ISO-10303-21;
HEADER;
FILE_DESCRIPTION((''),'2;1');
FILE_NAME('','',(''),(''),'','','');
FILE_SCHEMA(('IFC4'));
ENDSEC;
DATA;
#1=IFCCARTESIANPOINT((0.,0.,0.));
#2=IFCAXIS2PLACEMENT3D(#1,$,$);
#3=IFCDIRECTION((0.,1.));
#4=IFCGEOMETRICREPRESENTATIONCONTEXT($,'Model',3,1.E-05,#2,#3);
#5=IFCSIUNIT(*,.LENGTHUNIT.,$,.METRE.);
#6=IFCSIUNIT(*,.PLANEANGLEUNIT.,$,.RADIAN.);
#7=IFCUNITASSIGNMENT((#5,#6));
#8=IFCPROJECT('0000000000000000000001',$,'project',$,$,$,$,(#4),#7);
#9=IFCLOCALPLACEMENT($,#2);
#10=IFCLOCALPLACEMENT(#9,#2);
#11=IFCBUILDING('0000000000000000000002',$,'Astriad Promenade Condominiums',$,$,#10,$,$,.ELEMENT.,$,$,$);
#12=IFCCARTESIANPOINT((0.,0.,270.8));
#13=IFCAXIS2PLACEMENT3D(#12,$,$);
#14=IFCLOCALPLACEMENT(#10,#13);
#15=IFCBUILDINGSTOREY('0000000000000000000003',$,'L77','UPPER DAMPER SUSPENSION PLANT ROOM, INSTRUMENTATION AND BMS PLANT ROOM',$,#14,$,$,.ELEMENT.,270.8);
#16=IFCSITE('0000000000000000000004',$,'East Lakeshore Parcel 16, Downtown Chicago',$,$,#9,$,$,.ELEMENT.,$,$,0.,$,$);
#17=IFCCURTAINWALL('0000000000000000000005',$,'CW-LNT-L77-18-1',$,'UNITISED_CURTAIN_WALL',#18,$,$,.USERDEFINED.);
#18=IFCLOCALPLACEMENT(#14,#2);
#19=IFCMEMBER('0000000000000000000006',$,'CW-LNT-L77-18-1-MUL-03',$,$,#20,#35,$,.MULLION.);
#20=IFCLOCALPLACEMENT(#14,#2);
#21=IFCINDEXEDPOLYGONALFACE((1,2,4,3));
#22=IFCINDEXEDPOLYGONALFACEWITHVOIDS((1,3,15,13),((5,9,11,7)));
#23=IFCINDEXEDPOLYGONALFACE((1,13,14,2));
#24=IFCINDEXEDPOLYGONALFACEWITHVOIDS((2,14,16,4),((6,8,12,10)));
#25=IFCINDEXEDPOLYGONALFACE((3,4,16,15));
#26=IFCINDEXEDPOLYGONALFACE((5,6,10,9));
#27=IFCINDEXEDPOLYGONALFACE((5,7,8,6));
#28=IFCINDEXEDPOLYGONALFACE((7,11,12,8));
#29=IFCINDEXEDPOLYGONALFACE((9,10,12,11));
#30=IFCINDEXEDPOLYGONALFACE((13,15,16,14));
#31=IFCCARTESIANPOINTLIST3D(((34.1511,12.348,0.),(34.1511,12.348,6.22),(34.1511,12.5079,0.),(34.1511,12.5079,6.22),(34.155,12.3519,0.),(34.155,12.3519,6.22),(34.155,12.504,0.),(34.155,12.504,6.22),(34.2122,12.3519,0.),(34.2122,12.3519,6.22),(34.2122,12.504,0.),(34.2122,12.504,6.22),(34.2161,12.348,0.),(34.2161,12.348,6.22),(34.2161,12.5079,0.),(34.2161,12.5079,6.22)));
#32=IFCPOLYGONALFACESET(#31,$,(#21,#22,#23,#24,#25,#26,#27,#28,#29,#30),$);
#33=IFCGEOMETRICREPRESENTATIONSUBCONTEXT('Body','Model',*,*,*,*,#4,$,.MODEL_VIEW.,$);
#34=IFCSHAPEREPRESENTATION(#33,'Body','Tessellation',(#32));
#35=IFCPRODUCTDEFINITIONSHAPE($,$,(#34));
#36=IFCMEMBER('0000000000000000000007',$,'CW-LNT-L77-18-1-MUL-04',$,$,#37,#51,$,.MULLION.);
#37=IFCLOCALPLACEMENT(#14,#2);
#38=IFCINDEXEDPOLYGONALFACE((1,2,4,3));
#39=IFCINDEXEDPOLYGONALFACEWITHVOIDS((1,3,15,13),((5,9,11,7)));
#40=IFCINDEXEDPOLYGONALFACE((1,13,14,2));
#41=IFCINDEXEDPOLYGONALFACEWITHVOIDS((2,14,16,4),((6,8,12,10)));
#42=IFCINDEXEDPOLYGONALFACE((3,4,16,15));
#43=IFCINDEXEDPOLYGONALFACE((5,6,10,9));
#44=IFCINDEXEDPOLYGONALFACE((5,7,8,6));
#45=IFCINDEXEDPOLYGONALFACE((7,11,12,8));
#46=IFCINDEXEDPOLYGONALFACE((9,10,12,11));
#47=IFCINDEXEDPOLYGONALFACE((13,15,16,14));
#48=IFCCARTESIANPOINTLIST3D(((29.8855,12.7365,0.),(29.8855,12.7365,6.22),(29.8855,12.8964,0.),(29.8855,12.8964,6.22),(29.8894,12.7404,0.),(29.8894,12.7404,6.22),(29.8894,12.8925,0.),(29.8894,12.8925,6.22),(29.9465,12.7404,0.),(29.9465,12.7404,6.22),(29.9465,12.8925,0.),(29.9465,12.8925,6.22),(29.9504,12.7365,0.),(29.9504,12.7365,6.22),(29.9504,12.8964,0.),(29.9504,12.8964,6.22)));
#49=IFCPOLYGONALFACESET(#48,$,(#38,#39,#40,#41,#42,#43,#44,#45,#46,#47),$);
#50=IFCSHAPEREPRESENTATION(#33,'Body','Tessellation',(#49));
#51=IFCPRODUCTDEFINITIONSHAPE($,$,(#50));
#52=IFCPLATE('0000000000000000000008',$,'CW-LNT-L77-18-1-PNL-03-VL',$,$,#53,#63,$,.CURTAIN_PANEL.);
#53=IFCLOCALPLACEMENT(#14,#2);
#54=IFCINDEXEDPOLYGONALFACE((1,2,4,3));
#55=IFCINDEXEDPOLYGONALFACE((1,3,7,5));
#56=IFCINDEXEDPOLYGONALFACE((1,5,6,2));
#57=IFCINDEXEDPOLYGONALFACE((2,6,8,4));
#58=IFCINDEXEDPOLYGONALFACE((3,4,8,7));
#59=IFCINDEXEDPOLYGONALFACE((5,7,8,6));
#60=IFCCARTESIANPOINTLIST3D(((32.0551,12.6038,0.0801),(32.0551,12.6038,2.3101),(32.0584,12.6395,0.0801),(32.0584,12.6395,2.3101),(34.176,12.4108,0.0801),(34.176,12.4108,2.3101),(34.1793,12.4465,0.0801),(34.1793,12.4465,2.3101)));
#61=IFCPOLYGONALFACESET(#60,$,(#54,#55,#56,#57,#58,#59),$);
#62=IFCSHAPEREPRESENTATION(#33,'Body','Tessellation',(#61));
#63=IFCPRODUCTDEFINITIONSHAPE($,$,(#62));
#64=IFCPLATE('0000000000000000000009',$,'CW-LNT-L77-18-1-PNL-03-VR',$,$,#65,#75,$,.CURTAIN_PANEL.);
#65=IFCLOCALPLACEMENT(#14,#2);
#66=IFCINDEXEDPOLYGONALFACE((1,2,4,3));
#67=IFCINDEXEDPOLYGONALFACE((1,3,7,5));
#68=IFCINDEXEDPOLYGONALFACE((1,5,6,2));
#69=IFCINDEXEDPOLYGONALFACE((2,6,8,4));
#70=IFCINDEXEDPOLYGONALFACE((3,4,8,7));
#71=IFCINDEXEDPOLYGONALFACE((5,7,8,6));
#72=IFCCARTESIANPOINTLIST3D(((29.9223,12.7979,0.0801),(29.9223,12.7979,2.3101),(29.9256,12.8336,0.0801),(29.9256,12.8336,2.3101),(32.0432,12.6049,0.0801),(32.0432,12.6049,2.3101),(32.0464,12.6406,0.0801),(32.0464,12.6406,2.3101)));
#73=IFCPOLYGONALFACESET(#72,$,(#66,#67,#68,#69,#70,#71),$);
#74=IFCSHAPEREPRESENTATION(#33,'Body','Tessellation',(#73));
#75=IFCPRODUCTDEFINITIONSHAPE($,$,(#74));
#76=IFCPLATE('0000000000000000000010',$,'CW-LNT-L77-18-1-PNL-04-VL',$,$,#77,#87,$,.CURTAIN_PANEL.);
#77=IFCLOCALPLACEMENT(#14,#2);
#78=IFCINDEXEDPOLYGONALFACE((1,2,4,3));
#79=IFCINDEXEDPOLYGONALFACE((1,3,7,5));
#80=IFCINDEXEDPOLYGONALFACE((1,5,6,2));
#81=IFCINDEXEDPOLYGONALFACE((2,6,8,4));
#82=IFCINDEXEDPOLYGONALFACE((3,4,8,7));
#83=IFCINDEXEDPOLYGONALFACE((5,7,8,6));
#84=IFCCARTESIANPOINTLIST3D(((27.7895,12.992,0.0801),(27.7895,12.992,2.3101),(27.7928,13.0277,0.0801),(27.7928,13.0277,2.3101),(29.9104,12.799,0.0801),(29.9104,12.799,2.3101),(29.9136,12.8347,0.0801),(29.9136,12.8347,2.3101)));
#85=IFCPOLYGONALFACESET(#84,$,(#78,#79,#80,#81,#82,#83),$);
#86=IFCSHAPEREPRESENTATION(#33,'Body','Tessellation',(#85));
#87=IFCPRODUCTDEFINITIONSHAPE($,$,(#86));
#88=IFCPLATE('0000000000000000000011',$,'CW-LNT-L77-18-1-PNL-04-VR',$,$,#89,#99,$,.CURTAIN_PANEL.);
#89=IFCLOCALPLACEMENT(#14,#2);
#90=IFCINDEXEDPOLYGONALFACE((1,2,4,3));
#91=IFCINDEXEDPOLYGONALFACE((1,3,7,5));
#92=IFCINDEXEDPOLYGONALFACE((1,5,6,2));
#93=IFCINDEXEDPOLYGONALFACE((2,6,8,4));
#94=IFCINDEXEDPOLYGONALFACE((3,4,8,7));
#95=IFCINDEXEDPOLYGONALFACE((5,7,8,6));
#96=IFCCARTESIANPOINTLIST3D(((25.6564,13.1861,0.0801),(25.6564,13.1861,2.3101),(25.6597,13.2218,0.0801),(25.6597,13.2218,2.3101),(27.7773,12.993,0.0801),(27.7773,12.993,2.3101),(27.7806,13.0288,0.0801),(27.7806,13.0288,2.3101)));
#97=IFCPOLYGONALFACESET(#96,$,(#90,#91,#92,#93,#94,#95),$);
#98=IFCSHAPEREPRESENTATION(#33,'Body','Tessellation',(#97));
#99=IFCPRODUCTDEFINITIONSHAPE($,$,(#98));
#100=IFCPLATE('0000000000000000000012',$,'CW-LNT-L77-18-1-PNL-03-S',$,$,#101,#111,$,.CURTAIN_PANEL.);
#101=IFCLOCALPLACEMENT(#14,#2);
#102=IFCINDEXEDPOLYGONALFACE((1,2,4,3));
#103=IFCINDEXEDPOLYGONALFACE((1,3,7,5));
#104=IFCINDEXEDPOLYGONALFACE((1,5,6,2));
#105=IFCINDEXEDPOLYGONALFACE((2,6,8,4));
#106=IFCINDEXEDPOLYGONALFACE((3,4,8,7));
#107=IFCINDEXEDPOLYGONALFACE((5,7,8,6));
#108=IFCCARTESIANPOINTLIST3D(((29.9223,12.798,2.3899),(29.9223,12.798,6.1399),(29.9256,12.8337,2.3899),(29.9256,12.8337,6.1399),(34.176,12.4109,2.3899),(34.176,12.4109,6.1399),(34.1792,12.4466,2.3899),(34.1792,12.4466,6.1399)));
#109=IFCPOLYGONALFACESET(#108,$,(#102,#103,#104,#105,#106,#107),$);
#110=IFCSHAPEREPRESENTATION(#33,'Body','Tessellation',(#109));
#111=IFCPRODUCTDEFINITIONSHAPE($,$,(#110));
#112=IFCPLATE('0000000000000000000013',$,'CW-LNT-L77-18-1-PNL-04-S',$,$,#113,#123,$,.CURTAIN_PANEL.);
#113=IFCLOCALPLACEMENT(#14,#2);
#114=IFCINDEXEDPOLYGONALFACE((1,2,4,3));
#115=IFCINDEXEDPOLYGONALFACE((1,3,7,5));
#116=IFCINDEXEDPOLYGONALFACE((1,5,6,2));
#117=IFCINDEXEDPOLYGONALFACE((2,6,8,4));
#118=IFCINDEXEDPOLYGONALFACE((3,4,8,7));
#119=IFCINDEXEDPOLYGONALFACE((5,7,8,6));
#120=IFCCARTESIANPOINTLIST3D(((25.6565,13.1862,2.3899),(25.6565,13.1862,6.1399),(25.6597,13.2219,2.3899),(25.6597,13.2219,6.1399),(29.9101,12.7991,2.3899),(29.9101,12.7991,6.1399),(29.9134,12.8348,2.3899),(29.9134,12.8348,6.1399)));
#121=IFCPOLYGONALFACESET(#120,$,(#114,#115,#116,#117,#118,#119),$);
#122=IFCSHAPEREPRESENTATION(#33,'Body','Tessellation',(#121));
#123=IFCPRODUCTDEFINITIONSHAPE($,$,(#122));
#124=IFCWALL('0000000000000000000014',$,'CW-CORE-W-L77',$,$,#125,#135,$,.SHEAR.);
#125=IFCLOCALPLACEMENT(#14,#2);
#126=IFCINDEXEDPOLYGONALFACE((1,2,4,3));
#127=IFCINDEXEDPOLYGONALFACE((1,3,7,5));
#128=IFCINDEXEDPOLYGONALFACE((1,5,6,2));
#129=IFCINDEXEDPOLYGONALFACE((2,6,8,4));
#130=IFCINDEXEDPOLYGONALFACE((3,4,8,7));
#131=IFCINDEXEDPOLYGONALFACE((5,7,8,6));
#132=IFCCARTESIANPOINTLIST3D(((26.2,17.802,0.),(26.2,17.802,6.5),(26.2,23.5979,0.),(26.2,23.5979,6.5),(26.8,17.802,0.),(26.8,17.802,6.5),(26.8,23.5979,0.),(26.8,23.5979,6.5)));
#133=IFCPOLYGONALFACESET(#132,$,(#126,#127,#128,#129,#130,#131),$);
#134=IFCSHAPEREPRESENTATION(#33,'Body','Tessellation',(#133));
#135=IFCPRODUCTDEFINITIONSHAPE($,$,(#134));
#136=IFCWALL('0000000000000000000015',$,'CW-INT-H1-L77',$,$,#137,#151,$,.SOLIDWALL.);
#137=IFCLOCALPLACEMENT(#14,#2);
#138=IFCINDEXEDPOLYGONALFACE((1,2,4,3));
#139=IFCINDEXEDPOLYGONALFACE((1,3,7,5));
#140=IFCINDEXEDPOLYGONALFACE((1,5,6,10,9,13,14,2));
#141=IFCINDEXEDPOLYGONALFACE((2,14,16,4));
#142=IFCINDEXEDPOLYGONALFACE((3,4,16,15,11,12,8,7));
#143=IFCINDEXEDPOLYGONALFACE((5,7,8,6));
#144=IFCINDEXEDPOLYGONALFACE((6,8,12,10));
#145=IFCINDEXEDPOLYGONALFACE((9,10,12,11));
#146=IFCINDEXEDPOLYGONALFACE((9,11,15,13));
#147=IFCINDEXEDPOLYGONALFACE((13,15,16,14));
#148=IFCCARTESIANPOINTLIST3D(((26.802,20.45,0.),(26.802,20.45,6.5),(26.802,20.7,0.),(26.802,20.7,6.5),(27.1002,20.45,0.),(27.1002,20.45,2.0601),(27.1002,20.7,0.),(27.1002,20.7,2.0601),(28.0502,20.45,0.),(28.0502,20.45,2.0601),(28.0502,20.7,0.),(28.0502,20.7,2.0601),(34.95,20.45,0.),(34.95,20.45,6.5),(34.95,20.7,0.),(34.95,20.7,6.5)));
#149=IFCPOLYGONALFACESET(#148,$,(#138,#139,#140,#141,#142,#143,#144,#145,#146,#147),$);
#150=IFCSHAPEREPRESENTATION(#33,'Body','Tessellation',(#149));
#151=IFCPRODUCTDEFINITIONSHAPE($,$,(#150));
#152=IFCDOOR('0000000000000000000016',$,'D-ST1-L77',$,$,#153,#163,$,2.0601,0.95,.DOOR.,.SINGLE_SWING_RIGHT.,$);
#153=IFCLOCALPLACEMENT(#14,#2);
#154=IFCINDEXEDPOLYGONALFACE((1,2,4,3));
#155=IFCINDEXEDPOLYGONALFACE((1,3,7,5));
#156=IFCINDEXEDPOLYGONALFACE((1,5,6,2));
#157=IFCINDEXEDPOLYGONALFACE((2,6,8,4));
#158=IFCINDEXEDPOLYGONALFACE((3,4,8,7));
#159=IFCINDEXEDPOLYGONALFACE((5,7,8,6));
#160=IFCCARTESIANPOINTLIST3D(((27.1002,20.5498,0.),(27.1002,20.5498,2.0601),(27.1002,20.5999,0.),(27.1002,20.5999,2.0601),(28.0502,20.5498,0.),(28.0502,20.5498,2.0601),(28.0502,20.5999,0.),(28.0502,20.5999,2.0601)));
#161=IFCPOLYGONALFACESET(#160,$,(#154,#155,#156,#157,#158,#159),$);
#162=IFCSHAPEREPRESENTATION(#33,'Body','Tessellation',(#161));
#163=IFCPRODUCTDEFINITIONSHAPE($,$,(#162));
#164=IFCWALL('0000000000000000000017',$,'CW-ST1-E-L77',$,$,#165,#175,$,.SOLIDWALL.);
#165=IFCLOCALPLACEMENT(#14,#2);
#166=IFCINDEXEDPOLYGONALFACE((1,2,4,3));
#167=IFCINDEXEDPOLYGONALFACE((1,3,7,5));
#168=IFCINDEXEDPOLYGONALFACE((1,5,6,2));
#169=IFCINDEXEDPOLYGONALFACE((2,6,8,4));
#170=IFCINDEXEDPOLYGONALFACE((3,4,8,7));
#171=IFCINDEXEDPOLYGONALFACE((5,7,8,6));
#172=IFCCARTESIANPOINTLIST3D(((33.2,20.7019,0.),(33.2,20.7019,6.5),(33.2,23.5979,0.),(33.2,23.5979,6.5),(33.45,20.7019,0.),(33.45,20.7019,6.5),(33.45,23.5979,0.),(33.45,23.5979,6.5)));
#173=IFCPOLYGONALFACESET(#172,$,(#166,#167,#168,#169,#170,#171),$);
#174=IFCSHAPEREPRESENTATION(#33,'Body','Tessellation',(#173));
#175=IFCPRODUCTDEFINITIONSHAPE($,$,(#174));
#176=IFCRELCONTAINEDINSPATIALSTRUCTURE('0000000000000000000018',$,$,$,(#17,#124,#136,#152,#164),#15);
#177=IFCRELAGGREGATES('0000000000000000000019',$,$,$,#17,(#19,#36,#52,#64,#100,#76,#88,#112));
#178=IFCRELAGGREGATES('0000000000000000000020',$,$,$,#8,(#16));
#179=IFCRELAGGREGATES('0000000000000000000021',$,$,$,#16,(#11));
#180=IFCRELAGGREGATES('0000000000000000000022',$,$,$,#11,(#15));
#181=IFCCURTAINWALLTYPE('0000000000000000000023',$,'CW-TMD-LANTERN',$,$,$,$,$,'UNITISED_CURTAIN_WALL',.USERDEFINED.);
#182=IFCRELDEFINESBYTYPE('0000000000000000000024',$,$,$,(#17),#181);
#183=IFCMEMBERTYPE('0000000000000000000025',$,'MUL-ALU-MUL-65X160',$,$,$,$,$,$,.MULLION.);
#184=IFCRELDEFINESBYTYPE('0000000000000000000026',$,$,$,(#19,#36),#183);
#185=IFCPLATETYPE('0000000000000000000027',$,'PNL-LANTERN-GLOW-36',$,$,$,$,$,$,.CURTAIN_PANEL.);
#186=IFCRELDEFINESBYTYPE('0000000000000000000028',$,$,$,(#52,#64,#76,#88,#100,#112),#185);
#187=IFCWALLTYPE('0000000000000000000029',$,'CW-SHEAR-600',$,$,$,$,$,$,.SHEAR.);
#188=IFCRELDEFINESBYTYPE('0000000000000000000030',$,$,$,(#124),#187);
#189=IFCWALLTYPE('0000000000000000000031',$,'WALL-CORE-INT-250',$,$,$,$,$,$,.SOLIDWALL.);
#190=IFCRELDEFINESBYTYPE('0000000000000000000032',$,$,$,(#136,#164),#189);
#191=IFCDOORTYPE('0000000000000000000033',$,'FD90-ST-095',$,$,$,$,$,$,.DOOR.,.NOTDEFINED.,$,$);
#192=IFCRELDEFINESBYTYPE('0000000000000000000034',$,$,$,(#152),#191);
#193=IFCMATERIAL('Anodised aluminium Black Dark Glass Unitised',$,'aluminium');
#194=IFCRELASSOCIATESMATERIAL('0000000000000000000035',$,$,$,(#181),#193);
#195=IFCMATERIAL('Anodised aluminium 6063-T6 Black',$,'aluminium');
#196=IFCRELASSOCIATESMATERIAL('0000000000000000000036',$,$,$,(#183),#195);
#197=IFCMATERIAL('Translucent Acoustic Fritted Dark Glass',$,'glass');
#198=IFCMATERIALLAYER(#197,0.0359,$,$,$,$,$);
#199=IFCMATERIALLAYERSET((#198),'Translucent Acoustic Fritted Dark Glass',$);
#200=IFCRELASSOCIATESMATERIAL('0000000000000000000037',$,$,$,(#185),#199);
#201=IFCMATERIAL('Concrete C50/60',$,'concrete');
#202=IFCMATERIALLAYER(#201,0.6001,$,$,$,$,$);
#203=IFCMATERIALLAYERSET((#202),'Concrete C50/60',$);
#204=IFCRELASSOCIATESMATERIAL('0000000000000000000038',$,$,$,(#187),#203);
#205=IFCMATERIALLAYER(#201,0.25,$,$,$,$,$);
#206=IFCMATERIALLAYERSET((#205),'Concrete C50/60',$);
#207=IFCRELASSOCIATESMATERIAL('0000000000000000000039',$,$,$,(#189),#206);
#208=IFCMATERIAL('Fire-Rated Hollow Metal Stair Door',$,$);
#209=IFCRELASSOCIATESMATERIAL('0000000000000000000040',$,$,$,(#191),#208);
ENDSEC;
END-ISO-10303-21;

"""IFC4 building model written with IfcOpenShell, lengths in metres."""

from ifc_helpers import new_model, si_unit, direction, frame, frame_2d, origin, origin_2d, place, context, subcontext, project, spatial, rectangle, hollow_rectangle, extrude, source, transform, mapped, material, layer, layer_set, material_profile, profile_set, type_object, type_shapes, element, fill, aggregate, save


model = new_model("IFC4")

# Units and contexts
model_context = context("Model", 3, precision=1e-05, world=origin(), true_north=direction((0.0, 1.0)))
body_context = subcontext(model_context, "Body", "Model", "MODEL_VIEW")
ifc_project = project(units=[si_unit("LENGTHUNIT", "METRE"), si_unit("PLANEANGLEUNIT", "RADIAN")], contexts=[model_context])

# Site, building, storey
site_placement = place(None, origin())
site = spatial("IfcSite", under=ifc_project, at=site_placement, Name="East Lakeshore Parcel 16, Downtown Chicago", CompositionType="ELEMENT", RefElevation=0.0)
building_placement = place(site_placement, origin())
building = spatial("IfcBuilding", under=site, at=building_placement, Name="Astriad Promenade Condominiums", CompositionType="ELEMENT")
storey_placement = place(building_placement, frame((0.0, 0.0, 270.8)))
storey = spatial("IfcBuildingStorey", under=building, at=storey_placement, Name="L77", Description="UPPER DAMPER SUSPENSION PLANT ROOM, INSTRUMENTATION AND BMS PLANT ROOM", CompositionType="ELEMENT", Elevation=270.8)

# Curtain wall, members, plates
ifc_material_1 = material(Name="Anodised aluminium Black Dark Glass Unitised", Category="aluminium")
curtain_wall_type = type_object("IfcCurtainWallType", Name="CW-TMD-LANTERN", ElementType="UNITISED_CURTAIN_WALL", PredefinedType="USERDEFINED", material=ifc_material_1)
curtain_wall_placement = place(storey_placement, origin())
curtain_wall = element("IfcCurtainWall", 1, at=curtain_wall_placement, inside=storey, type_object=curtain_wall_type, Name="CW-LNT-L77-18-1", ObjectType="UNITISED_CURTAIN_WALL", PredefinedType="USERDEFINED")
ifc_material_2 = material(Name="Anodised aluminium 6063-T6 Black", Category="aluminium")
ifc_material_profile_1 = material_profile(ifc_material_2, hollow_rectangle(XDim=0.0649, YDim=0.1599, WallThickness=0.0039, at=origin_2d()), Name="ALU-MUL-65X160")
ifc_profile_set_1 = profile_set([ifc_material_profile_1], Name="Anodised aluminium 6063-T6 Black")
member_type_1 = type_object("IfcMemberType", Name="MUL-ALU-MUL-65X160", PredefinedType="MULLION", material=ifc_profile_set_1)
shared_shape_1 = source(origin(), body_context, "Body", "SweptSolid", [
    extrude(hollow_rectangle(XDim=0.0649, YDim=0.1599, WallThickness=0.0039, at=origin_2d()), origin(), (0.0, 0.0, 1.0), 6.22),
])
type_shapes(member_type_1, [shared_shape_1])
member_1_placement = place(storey_placement, frame((34.1836, 12.428, 0.0), z_axis=(0.0, 0.0, 1.0), x_axis=(1.0, 0.0, 0.0)))
member_1 = element("IfcMember", 2, at=member_1_placement, type_object=member_type_1, Name="CW-LNT-L77-18-1-MUL-03", PredefinedType="MULLION", context=body_context, shape_type="MappedRepresentation", body=[
    mapped(shared_shape_1, transform((0.0, 0.0, 0.0), scale=1.0)),
])
member_2_placement = place(storey_placement, frame((29.918, 12.8164, 0.0), z_axis=(0.0, 0.0, 1.0), x_axis=(1.0, 0.0, 0.0)))
member_2 = element("IfcMember", 3, at=member_2_placement, type_object=member_type_1, Name="CW-LNT-L77-18-1-MUL-04", PredefinedType="MULLION", context=body_context, shape_type="MappedRepresentation", body=[
    mapped(shared_shape_1, transform((0.0, 0.0, 0.0), scale=1.0)),
])
ifc_material_3 = material(Name="Translucent Acoustic Fritted Dark Glass", Category="glass")
ifc_layer_1 = layer(ifc_material_3, 0.0359)
ifc_layer_set_1 = layer_set([ifc_layer_1], Name="Translucent Acoustic Fritted Dark Glass")
plate_type = type_object("IfcPlateType", Name="PNL-LANTERN-GLOW-36", PredefinedType="CURTAIN_PANEL", material=ifc_layer_set_1)
shared_shape_2 = source(origin(), body_context, "Body", "SweptSolid", [
    extrude(rectangle(XDim=2.1296, YDim=0.0359, at=origin_2d()), origin(), (0.0, 0.0, 1.0), 2.23),
])
plate_1_placement = place(storey_placement, frame((33.1172, 12.5251, 0.0801), z_axis=(0.0, 0.0, 1.0), x_axis=(-0.995884, 0.090633, 0.0)))
plate_1 = element("IfcPlate", 4, at=plate_1_placement, type_object=plate_type, Name="CW-LNT-L77-18-1-PNL-03-VL", PredefinedType="CURTAIN_PANEL", context=body_context, shape_type="MappedRepresentation", body=[
    mapped(shared_shape_2, transform((0.0, 0.0, 0.0), scale=1.0)),
])
plate_2_placement = place(storey_placement, frame((30.9844, 12.7192, 0.0801), z_axis=(0.0, 0.0, 1.0), x_axis=(-0.995884, 0.090633, 0.0)))
plate_2 = element("IfcPlate", 5, at=plate_2_placement, type_object=plate_type, Name="CW-LNT-L77-18-1-PNL-03-VR", PredefinedType="CURTAIN_PANEL", context=body_context, shape_type="MappedRepresentation", body=[
    mapped(shared_shape_2, transform((0.0, 0.0, 0.0), scale=1.0)),
])
plate_3_placement = place(storey_placement, frame((28.8516, 12.9133, 0.0801), z_axis=(0.0, 0.0, 1.0), x_axis=(-0.995884, 0.090633, 0.0)))
plate_3 = element("IfcPlate", 6, at=plate_3_placement, type_object=plate_type, Name="CW-LNT-L77-18-1-PNL-04-VL", PredefinedType="CURTAIN_PANEL", context=body_context, shape_type="MappedRepresentation", body=[
    mapped(shared_shape_2, transform((0.0, 0.0, 0.0), scale=1.0)),
])
plate_4_placement = place(storey_placement, frame((26.7185, 13.1074, 0.0801), z_axis=(0.0, 0.0, 1.0), x_axis=(-0.995884, 0.090633, 0.0)))
plate_4 = element("IfcPlate", 7, at=plate_4_placement, type_object=plate_type, Name="CW-LNT-L77-18-1-PNL-04-VR", PredefinedType="CURTAIN_PANEL", context=body_context, shape_type="MappedRepresentation", body=[
    mapped(shared_shape_2, transform((0.0, 0.0, 0.0), scale=1.0)),
])
shared_shape_3 = source(origin(), body_context, "Body", "SweptSolid", [
    extrude(rectangle(XDim=4.2712, YDim=0.0359, at=origin_2d()), origin(), (0.0, 0.0, 1.0), 3.75),
])
type_shapes(plate_type, [shared_shape_2, shared_shape_3])
plate_5_placement = place(storey_placement, frame((32.0508, 12.6223, 2.3899), z_axis=(0.0, 0.0, 1.0), x_axis=(-0.995884, 0.090633, 0.0)))
plate_5 = element("IfcPlate", 8, at=plate_5_placement, type_object=plate_type, Name="CW-LNT-L77-18-1-PNL-03-S", PredefinedType="CURTAIN_PANEL", context=body_context, shape_type="MappedRepresentation", body=[
    mapped(shared_shape_3, transform((0.0, 0.0, 0.0), scale=1.0)),
])
plate_6_placement = place(storey_placement, frame((27.7849, 13.0105, 2.3899), z_axis=(0.0, 0.0, 1.0), x_axis=(-0.995884, 0.090633, 0.0)))
plate_6 = element("IfcPlate", 9, at=plate_6_placement, type_object=plate_type, Name="CW-LNT-L77-18-1-PNL-04-S", PredefinedType="CURTAIN_PANEL", context=body_context, shape_type="MappedRepresentation", body=[
    mapped(shared_shape_3, transform((0.0, 0.0, 0.0), scale=1.0)),
])
aggregate(curtain_wall, [member_1, member_2, plate_1, plate_2, plate_5, plate_3, plate_4, plate_6])

# Wall
ifc_material_4 = material(Name="Concrete C50/60", Category="concrete")
ifc_layer_2 = layer(ifc_material_4, 0.6001)
ifc_layer_set_2 = layer_set([ifc_layer_2], Name="Concrete C50/60")
wall_type_1 = type_object("IfcWallType", Name="CW-SHEAR-600", PredefinedType="SHEAR", material=ifc_layer_set_2)
wall_1_placement = place(storey_placement, frame((26.5, 17.802, 0.0), z_axis=(0.0, 0.0, 1.0), x_axis=(0.0, 1.0, 0.0)))
element("IfcWall", 10, at=wall_1_placement, inside=storey, type_object=wall_type_1, Name="CW-CORE-W-L77", PredefinedType="SHEAR", context=body_context, shape_type="SweptSolid", body=[
    extrude(rectangle(XDim=5.7959, YDim=0.6001, at=frame_2d((2.8979, 0.0))), origin(), (0.0, 0.0, 1.0), 6.5),
])

# Wall, opening, door
ifc_layer_3 = layer(ifc_material_4, 0.25)
ifc_layer_set_3 = layer_set([ifc_layer_3], Name="Concrete C50/60")
wall_type_2 = type_object("IfcWallType", Name="WALL-CORE-INT-250", PredefinedType="SOLIDWALL", material=ifc_layer_set_3)
wall_2_placement = place(storey_placement, frame((26.802, 20.575, 0.0), z_axis=(0.0, 0.0, 1.0), x_axis=(1.0, 0.0, 0.0)))
wall_2 = element("IfcWall", 11, at=wall_2_placement, inside=storey, type_object=wall_type_2, Name="CW-INT-H1-L77", PredefinedType="SOLIDWALL", context=body_context, shape_type="SweptSolid", body=[
    extrude(rectangle(XDim=8.1479, YDim=0.25, at=frame_2d((4.074, 0.0))), origin(), (0.0, 0.0, 1.0), 6.5),
])
opening_1_placement = place(wall_2_placement, frame((0.2981, 0.0, 0.0)))
opening_1 = element("IfcOpeningElement", 12, at=opening_1_placement, cuts=wall_2, PredefinedType="OPENING", context=body_context, shape_type="SweptSolid", body=[
    extrude(rectangle(XDim=0.95, YDim=2.0601, at=frame_2d((0.4751, 1.03))), frame((0.0, 0.135, 0.0), z_axis=(0.0, -1.0, 0.0), x_axis=(1.0, 0.0, 0.0)), (0.0, 0.0, 1.0), 0.27),
])
ifc_material_5 = material(Name="Fire-Rated Hollow Metal Stair Door")
door_type_1 = type_object("IfcDoorType", Name="FD90-ST-095", OperationType="NOTDEFINED", PredefinedType="DOOR", material=ifc_material_5)
shared_shape_4 = source(origin(), body_context, "Body", "SweptSolid", [
    extrude(rectangle(XDim=0.95, YDim=2.0601, at=frame_2d((0.4751, 1.03))), frame((0.0, 0.0249, 0.0), z_axis=(0.0, -1.0, 0.0), x_axis=(1.0, 0.0, 0.0)), (0.0, 0.0, 1.0), 0.05),
])
type_shapes(door_type_1, [shared_shape_4])
door_1_placement = place(opening_1_placement, origin())
door_1 = element("IfcDoor", 13, at=door_1_placement, inside=storey, type_object=door_type_1, Name="D-ST1-L77", OperationType="SINGLE_SWING_RIGHT", OverallHeight=2.0601, OverallWidth=0.95, PredefinedType="DOOR", context=body_context, shape_type="MappedRepresentation", body=[
    mapped(shared_shape_4, transform((0.0, 0.0, 0.0), scale=1.0)),
])
fill(opening_1, door_1)

# Wall
wall_3_placement = place(storey_placement, frame((33.325, 20.7019, 0.0), z_axis=(0.0, 0.0, 1.0), x_axis=(0.0, 1.0, 0.0)))
element("IfcWall", 14, at=wall_3_placement, inside=storey, type_object=wall_type_2, Name="CW-ST1-E-L77", PredefinedType="SOLIDWALL", context=body_context, shape_type="SweptSolid", body=[
    extrude(rectangle(XDim=2.896, YDim=0.25, at=frame_2d((1.448, 0.0))), origin(), (0.0, 0.0, 1.0), 6.5),
])

save(model, "model.ifc")
